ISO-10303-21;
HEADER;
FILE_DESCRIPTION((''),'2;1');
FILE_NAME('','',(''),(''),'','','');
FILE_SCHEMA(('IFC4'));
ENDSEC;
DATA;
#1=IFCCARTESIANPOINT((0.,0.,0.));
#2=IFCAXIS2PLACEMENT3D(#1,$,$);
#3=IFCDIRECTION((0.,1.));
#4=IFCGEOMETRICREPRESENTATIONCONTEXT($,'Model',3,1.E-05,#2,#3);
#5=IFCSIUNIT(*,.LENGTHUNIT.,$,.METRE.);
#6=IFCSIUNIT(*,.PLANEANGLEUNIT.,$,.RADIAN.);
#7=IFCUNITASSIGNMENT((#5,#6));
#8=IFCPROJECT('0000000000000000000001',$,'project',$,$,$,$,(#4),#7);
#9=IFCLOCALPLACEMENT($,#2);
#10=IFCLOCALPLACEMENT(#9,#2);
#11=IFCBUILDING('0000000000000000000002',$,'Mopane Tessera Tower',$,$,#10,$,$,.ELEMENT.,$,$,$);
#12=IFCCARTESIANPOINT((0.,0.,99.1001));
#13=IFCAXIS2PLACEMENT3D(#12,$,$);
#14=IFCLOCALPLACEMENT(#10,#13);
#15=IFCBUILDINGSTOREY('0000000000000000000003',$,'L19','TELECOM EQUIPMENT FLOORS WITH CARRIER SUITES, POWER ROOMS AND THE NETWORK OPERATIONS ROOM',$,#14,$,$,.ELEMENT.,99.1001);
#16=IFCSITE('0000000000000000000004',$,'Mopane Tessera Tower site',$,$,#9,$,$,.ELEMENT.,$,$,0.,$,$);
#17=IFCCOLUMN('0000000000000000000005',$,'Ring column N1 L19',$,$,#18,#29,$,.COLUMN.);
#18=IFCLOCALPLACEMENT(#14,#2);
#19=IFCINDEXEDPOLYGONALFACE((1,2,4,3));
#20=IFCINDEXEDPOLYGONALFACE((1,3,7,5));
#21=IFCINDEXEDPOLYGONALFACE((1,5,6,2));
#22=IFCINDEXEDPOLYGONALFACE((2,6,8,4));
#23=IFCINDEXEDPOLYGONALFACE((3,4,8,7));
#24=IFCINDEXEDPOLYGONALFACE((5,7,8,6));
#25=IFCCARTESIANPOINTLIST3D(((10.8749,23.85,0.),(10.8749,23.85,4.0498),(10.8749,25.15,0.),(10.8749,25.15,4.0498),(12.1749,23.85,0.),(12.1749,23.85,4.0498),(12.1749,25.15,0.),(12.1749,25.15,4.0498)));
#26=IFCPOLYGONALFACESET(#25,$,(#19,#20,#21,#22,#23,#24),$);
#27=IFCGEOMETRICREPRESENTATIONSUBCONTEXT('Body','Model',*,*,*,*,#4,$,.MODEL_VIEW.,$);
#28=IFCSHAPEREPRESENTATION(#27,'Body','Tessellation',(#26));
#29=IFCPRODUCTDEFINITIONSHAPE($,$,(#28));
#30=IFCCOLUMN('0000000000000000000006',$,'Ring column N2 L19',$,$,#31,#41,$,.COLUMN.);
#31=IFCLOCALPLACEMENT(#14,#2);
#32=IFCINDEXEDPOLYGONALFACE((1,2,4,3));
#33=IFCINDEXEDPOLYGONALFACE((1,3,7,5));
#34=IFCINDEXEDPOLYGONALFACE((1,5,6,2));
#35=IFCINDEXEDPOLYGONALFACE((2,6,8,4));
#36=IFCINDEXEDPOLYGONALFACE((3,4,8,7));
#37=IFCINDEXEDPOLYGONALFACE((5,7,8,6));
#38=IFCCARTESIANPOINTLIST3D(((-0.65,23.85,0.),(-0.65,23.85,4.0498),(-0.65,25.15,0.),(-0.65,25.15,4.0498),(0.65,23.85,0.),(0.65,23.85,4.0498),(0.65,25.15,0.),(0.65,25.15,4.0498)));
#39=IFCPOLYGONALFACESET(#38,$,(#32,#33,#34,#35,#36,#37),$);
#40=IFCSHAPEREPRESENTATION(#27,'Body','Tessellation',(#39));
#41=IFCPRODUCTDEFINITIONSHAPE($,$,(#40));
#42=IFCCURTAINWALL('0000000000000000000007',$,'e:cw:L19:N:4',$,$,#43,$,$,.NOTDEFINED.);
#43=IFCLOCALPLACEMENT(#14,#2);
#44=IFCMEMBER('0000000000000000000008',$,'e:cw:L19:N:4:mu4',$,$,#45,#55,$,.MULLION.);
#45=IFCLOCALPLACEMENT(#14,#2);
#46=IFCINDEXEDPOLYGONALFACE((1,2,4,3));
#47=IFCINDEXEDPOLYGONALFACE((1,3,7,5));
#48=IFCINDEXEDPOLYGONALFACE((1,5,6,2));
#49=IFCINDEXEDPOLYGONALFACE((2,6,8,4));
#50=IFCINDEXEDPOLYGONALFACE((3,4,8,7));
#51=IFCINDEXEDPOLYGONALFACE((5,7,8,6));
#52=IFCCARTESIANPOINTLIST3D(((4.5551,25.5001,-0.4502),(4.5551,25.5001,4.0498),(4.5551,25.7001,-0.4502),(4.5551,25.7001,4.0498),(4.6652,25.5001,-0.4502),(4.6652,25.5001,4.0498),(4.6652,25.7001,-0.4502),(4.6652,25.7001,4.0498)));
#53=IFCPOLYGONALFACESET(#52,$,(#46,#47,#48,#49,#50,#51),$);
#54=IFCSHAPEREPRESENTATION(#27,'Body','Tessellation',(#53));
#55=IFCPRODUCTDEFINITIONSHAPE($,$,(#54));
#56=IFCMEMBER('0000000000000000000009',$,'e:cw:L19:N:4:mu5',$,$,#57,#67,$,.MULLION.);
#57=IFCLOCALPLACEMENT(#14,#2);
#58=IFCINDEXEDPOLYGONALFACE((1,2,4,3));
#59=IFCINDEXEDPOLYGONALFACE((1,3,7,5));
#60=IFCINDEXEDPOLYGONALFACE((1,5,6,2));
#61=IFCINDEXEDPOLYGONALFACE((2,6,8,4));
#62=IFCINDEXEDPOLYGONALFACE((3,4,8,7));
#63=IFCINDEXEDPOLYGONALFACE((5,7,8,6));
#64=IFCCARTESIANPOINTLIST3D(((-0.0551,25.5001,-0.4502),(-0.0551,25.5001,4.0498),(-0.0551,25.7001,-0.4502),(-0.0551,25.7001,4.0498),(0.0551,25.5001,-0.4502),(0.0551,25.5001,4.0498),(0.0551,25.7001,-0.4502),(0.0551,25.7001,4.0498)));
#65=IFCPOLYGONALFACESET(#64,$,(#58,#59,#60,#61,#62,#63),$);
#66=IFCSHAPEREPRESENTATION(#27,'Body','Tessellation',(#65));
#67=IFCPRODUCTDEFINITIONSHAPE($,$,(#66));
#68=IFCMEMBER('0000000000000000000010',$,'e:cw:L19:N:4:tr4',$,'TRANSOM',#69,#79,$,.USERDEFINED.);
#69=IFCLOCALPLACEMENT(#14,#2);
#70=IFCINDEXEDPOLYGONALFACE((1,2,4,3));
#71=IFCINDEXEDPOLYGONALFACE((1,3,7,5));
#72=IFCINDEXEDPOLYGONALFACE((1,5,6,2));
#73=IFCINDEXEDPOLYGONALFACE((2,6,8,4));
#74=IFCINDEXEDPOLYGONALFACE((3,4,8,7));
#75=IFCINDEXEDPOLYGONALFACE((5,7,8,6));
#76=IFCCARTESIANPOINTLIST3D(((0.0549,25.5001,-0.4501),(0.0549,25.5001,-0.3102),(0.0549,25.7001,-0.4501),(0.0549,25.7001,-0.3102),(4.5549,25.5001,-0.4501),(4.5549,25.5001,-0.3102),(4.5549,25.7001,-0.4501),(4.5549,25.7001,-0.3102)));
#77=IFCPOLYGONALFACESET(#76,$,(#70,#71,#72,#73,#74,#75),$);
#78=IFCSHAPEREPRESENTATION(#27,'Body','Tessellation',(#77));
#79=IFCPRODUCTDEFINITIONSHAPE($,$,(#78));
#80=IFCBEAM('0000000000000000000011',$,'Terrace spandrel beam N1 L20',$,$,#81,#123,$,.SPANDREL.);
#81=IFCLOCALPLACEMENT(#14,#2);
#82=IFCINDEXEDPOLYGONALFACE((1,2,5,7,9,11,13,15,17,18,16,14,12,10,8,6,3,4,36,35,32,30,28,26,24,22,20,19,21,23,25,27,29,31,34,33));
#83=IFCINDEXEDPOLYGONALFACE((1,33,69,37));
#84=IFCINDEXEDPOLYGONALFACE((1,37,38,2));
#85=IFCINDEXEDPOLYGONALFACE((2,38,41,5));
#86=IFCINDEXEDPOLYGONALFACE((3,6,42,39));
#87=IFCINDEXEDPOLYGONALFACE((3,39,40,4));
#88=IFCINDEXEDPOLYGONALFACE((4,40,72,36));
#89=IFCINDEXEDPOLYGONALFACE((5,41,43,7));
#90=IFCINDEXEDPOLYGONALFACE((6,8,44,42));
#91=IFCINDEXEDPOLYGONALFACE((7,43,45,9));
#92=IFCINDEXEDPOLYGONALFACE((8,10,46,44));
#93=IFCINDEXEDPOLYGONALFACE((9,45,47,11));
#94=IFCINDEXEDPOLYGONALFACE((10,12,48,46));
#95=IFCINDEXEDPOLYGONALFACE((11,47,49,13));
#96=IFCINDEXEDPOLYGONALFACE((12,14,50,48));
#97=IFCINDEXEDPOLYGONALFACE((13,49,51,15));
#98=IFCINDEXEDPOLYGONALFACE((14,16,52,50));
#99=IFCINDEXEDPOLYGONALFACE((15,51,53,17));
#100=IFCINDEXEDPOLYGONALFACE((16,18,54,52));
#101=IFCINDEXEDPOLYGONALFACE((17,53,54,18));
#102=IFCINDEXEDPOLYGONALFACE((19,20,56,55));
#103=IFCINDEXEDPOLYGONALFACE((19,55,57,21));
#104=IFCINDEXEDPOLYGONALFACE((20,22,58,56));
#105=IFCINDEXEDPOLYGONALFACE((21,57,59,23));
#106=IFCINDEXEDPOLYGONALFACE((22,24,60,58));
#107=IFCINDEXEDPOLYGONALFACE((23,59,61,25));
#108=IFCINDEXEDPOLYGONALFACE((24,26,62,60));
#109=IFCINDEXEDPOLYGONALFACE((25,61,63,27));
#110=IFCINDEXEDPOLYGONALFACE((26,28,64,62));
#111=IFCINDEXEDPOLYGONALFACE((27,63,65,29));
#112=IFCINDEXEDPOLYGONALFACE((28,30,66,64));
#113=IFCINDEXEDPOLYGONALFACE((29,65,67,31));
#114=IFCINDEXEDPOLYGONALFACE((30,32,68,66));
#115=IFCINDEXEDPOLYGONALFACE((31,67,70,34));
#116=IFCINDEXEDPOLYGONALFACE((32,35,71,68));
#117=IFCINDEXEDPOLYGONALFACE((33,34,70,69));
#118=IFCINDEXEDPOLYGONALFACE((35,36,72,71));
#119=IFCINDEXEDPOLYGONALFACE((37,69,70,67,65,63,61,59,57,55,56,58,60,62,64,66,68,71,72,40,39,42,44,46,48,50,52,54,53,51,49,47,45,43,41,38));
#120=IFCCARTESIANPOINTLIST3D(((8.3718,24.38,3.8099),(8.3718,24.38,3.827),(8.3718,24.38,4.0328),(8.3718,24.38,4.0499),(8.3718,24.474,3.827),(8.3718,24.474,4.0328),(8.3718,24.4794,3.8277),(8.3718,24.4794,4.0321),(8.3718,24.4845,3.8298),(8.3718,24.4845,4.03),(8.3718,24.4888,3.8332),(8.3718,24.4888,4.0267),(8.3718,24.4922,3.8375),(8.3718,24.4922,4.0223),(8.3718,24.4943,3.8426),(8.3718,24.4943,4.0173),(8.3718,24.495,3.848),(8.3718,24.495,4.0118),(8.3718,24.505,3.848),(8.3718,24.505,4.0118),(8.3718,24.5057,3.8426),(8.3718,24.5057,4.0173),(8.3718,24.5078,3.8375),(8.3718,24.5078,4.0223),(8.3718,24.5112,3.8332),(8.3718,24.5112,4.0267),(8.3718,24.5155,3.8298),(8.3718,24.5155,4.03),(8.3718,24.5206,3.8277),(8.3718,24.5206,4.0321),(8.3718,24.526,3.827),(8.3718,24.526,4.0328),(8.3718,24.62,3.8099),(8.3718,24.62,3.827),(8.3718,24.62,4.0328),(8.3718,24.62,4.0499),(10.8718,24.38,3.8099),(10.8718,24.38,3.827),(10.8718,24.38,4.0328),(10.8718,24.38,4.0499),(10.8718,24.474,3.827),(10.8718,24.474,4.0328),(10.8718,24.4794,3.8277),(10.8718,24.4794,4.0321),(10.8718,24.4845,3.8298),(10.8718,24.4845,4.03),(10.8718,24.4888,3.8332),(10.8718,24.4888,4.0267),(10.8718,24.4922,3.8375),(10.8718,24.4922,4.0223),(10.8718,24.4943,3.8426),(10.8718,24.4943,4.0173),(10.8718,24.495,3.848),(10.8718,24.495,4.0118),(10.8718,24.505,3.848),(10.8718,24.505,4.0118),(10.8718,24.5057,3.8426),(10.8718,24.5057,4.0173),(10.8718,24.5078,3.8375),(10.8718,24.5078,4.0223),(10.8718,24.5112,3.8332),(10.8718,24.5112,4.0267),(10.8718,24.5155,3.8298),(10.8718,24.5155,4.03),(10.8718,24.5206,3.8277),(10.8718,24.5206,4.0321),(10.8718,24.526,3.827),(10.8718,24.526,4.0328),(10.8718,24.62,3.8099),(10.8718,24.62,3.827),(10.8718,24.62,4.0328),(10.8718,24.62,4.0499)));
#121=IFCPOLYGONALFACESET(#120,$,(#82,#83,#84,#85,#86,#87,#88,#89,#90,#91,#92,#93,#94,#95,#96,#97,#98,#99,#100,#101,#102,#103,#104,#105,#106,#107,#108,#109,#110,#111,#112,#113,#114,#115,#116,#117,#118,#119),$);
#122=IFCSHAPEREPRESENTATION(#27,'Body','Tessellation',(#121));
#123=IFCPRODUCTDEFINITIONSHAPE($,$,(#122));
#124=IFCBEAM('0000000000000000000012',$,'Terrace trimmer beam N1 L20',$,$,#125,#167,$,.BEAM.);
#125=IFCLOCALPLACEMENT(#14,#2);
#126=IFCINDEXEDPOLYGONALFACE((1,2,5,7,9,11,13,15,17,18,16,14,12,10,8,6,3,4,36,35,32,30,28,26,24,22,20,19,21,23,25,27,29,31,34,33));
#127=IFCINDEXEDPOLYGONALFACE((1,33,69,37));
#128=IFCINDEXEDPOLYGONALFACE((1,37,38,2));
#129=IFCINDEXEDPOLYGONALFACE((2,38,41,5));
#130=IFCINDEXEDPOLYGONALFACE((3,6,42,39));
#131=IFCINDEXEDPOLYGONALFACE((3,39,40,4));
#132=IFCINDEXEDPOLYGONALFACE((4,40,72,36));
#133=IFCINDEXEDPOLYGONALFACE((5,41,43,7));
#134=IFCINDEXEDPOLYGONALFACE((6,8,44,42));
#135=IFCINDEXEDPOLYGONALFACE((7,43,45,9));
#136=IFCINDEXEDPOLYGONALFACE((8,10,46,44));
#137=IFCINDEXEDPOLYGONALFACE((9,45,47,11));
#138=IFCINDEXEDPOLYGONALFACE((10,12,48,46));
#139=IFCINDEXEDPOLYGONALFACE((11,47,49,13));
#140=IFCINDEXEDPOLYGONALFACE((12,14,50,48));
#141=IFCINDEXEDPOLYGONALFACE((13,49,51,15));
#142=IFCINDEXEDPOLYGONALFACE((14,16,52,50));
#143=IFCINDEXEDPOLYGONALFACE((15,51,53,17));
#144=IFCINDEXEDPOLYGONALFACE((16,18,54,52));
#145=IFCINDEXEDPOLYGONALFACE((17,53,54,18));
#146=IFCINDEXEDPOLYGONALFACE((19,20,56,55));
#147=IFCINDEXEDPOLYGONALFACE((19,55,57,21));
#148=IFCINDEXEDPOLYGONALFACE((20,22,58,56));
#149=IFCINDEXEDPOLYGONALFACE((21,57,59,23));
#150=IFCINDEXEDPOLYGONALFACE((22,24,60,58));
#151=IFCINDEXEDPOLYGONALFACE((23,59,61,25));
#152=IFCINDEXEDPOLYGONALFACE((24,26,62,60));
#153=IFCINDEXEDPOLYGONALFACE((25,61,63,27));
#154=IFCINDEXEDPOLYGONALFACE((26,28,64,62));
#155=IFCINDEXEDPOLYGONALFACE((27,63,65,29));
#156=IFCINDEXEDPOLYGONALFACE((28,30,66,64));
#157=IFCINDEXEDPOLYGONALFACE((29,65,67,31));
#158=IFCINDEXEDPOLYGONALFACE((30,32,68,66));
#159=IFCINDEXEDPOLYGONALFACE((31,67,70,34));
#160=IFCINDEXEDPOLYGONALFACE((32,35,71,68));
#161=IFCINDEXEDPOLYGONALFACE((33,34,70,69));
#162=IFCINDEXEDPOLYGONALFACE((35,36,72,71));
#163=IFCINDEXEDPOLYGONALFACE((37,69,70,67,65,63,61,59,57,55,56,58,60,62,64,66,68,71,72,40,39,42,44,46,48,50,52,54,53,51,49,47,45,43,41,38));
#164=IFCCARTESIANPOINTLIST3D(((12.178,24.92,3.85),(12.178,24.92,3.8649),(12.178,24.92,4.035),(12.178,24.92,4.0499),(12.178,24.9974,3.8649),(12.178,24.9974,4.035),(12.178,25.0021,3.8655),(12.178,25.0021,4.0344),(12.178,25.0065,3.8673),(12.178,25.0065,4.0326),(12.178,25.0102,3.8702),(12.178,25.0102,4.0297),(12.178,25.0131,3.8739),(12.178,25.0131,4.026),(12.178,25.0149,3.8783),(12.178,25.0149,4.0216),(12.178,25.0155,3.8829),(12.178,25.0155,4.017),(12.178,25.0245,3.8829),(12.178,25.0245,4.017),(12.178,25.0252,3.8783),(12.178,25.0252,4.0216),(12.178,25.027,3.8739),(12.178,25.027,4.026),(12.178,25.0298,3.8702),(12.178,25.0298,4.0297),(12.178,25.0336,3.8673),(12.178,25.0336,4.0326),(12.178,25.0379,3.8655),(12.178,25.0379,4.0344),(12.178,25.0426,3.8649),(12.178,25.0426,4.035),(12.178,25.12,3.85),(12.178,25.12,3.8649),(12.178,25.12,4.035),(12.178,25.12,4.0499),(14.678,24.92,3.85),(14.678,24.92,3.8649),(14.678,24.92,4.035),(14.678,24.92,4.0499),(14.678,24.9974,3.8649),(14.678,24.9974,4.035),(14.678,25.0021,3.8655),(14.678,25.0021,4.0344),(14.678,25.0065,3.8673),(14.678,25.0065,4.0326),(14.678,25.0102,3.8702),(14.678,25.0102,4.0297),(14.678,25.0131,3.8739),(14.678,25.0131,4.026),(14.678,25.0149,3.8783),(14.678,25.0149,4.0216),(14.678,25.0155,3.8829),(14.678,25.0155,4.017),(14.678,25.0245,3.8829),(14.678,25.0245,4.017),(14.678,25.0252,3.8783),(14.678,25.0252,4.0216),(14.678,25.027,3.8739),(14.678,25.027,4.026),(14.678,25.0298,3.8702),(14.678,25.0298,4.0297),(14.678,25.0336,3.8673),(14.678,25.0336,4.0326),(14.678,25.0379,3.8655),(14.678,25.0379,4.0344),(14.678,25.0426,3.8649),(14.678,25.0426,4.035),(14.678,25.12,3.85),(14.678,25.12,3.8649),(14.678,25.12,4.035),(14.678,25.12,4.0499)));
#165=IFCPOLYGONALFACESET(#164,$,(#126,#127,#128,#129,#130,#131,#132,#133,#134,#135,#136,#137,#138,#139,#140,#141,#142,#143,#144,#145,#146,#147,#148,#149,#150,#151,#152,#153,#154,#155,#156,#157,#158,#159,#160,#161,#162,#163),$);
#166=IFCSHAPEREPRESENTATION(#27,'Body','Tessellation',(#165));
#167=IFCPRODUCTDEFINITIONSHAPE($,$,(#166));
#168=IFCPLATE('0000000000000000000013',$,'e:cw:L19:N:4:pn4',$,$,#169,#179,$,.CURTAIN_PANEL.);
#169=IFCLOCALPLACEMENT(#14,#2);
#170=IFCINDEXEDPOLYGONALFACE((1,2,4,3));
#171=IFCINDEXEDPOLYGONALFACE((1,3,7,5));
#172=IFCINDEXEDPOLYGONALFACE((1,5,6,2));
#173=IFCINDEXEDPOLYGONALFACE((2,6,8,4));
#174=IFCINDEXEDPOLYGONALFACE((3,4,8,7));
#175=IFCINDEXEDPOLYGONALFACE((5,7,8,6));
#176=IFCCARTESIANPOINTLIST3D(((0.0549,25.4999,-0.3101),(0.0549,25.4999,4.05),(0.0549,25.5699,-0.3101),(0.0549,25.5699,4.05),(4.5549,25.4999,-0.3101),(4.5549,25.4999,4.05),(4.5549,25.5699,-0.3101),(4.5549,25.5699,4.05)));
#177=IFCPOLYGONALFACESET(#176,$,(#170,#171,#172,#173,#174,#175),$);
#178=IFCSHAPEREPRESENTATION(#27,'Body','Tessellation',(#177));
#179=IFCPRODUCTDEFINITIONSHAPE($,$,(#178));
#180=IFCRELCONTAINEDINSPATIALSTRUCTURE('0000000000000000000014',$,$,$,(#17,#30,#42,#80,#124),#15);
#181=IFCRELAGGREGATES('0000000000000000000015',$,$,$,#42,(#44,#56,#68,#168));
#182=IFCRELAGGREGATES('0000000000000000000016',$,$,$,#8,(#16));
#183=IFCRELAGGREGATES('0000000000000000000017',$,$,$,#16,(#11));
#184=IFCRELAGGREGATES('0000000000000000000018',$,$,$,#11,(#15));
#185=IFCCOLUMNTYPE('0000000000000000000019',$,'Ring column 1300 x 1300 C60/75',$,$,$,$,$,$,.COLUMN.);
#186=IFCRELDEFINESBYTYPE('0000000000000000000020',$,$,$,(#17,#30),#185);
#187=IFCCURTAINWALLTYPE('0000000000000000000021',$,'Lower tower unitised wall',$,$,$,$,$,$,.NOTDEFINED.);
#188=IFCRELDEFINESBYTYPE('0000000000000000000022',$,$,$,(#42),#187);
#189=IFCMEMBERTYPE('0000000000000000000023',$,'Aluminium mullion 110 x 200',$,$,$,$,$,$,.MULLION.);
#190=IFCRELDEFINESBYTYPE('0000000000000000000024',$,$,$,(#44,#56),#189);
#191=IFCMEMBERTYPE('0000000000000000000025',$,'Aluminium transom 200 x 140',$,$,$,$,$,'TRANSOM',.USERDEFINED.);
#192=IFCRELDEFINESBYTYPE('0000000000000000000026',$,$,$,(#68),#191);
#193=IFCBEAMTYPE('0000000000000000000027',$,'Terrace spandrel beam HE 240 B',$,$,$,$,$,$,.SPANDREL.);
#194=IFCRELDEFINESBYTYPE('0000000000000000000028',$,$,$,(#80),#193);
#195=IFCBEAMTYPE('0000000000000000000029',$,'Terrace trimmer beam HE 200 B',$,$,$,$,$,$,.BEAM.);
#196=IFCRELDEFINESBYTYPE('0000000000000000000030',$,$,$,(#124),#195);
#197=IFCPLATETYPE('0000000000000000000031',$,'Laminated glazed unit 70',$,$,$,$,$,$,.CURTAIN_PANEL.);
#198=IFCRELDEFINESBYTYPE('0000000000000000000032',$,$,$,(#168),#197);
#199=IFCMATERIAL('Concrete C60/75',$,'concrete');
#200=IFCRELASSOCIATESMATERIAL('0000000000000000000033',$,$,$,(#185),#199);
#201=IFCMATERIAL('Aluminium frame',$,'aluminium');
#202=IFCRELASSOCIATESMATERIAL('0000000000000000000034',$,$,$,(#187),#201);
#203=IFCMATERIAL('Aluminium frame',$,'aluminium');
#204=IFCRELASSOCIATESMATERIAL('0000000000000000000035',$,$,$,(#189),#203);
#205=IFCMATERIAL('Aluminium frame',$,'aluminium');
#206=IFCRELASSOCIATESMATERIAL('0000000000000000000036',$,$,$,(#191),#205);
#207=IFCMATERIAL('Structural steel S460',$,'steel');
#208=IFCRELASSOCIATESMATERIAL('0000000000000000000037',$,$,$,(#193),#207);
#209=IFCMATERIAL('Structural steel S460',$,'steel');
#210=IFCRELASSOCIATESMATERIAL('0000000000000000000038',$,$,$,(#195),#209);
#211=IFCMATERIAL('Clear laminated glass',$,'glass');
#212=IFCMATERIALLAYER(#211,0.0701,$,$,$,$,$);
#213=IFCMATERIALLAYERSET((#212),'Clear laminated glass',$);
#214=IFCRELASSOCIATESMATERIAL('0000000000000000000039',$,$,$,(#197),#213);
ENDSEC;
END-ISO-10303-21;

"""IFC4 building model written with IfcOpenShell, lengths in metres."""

from ifc_helpers import new_model, si_unit, direction, frame, origin, origin_2d, place, context, subcontext, project, spatial, rectangle, i_section, extrude, material, layer, layer_set, material_profile, profile_set, type_object, element, aggregate, save


model = new_model("IFC4")

# Units and contexts
model_context = context("Model", 3, precision=1e-05, world=origin(), true_north=direction((0.0, 1.0)))
body_context = subcontext(model_context, "Body", "Model", "MODEL_VIEW")
ifc_project = project(units=[si_unit("LENGTHUNIT", "METRE"), si_unit("PLANEANGLEUNIT", "RADIAN")], contexts=[model_context])

# Site, building, storey
site_placement = place(None, origin())
site = spatial("IfcSite", under=ifc_project, at=site_placement, Name="Mopane Tessera Tower site", CompositionType="ELEMENT", RefElevation=0.0)
building_placement = place(site_placement, origin())
building = spatial("IfcBuilding", under=site, at=building_placement, Name="Mopane Tessera Tower", CompositionType="ELEMENT")
storey_placement = place(building_placement, frame((0.0, 0.0, 99.1001)))
storey = spatial("IfcBuildingStorey", under=building, at=storey_placement, Name="L19", Description="TELECOM EQUIPMENT FLOORS WITH CARRIER SUITES, POWER ROOMS AND THE NETWORK OPERATIONS ROOM", CompositionType="ELEMENT", Elevation=99.1001)

# Columns
ifc_material_1 = material(Name="Concrete C60/75", Category="concrete")
ifc_material_profile_1 = material_profile(ifc_material_1, rectangle(XDim=1.3, YDim=1.3, at=origin_2d()))
ifc_profile_set_1 = profile_set([ifc_material_profile_1], Name="Concrete C60/75")
column_type = type_object("IfcColumnType", Name="Ring column 1300 x 1300 C60/75", PredefinedType="COLUMN", material=ifc_profile_set_1)
for number, where, z_axis, x_axis, name in (
    (1, (11.5249, 24.5, 0.0), (0.0, 0.0, 1.0), (1.0, 0.0, 0.0), "Ring column N1 L19"),
    (2, (0.0, 24.5, 0.0), (0.0, 0.0, 1.0), (1.0, 0.0, 0.0), "Ring column N2 L19"),
):
    element("IfcColumn", number, at=place(storey_placement, frame(where, z_axis=z_axis, x_axis=x_axis)), inside=storey, type_object=column_type, Name=name, PredefinedType="COLUMN", context=body_context, shape_type="SweptSolid", body=[
        extrude(rectangle(XDim=1.3, YDim=1.3, at=origin_2d()), origin(), (0.0, 0.0, 1.0), 4.0498),
    ])

# Curtain wall, members
ifc_material_2 = material(Name="Aluminium frame", Category="aluminium")
curtain_wall_type = type_object("IfcCurtainWallType", Name="Lower tower unitised wall", PredefinedType="NOTDEFINED", material=ifc_material_2)
curtain_wall_placement = place(storey_placement, origin())
curtain_wall = element("IfcCurtainWall", 3, at=curtain_wall_placement, inside=storey, type_object=curtain_wall_type, Name="e:cw:L19:N:4", PredefinedType="NOTDEFINED")
ifc_material_3 = material(Name="Aluminium frame", Category="aluminium")
ifc_material_profile_2 = material_profile(ifc_material_3, rectangle(XDim=0.1101, YDim=0.2, at=origin_2d()))
ifc_profile_set_2 = profile_set([ifc_material_profile_2], Name="Aluminium frame")
member_type_1 = type_object("IfcMemberType", Name="Aluminium mullion 110 x 200", PredefinedType="MULLION", material=ifc_profile_set_2)
member_1_placement = place(storey_placement, frame((4.6101, 25.6001, -0.4502), z_axis=(0.0, 0.0, 1.0), x_axis=(-1.0, 0.0, 0.0)))
member_1 = element("IfcMember", 4, at=member_1_placement, type_object=member_type_1, Name="e:cw:L19:N:4:mu4", PredefinedType="MULLION", context=body_context, shape_type="SweptSolid", body=[
    extrude(rectangle(XDim=0.1101, YDim=0.2, at=origin_2d()), origin(), (0.0, 0.0, 1.0), 4.5),
])
member_2_placement = place(storey_placement, frame((0.0, 25.6001, -0.4502), z_axis=(0.0, 0.0, 1.0), x_axis=(-1.0, 0.0, 0.0)))
member_2 = element("IfcMember", 5, at=member_2_placement, type_object=member_type_1, Name="e:cw:L19:N:4:mu5", PredefinedType="MULLION", context=body_context, shape_type="SweptSolid", body=[
    extrude(rectangle(XDim=0.1101, YDim=0.2, at=origin_2d()), origin(), (0.0, 0.0, 1.0), 4.5),
])
ifc_material_4 = material(Name="Aluminium frame", Category="aluminium")
ifc_material_profile_3 = material_profile(ifc_material_4, rectangle(XDim=0.2, YDim=0.1399, at=origin_2d()))
ifc_profile_set_3 = profile_set([ifc_material_profile_3], Name="Aluminium frame")
member_type_2 = type_object("IfcMemberType", Name="Aluminium transom 200 x 140", ElementType="TRANSOM", PredefinedType="USERDEFINED", material=ifc_profile_set_3)
member_3_placement = place(storey_placement, frame((4.5549, 25.6001, -0.3801), z_axis=(-1.0, 0.0, 0.0), x_axis=(0.0, -1.0, 0.0)))
member_3 = element("IfcMember", 6, at=member_3_placement, type_object=member_type_2, Name="e:cw:L19:N:4:tr4", ObjectType="TRANSOM", PredefinedType="USERDEFINED", context=body_context, shape_type="SweptSolid", body=[
    extrude(rectangle(XDim=0.2, YDim=0.1399, at=origin_2d()), origin(), (0.0, 0.0, 1.0), 4.5),
])

# Beams
ifc_material_5 = material(Name="Structural steel S460", Category="steel")
ifc_material_profile_4 = material_profile(ifc_material_5, i_section(OverallWidth=0.24, OverallDepth=0.24, WebThickness=0.01, FlangeThickness=0.0171, FilletRadius=0.021, at=origin_2d()))
ifc_profile_set_4 = profile_set([ifc_material_profile_4], Name="Structural steel S460")
beam_type_1 = type_object("IfcBeamType", Name="Terrace spandrel beam HE 240 B", PredefinedType="SPANDREL", material=ifc_profile_set_4)
beam_1_placement = place(storey_placement, frame((10.8718, 24.5, 3.9299), z_axis=(-1.0, 0.0, 0.0), x_axis=(0.0, -1.0, 0.0)))
element("IfcBeam", 7, at=beam_1_placement, inside=storey, type_object=beam_type_1, Name="Terrace spandrel beam N1 L20", PredefinedType="SPANDREL", context=body_context, shape_type="SweptSolid", body=[
    extrude(i_section(OverallWidth=0.24, OverallDepth=0.24, WebThickness=0.01, FlangeThickness=0.0171, FilletRadius=0.021, at=origin_2d()), origin(), (0.0, 0.0, 1.0), 2.5),
])
ifc_material_6 = material(Name="Structural steel S460", Category="steel")
ifc_material_profile_5 = material_profile(ifc_material_6, i_section(OverallWidth=0.2, OverallDepth=0.2, WebThickness=0.009, FlangeThickness=0.0149, FilletRadius=0.0181, at=origin_2d()))
ifc_profile_set_5 = profile_set([ifc_material_profile_5], Name="Structural steel S460")
beam_type_2 = type_object("IfcBeamType", Name="Terrace trimmer beam HE 200 B", PredefinedType="BEAM", material=ifc_profile_set_5)
beam_2_placement = place(storey_placement, frame((12.178, 25.02, 3.95), z_axis=(1.0, 0.0, 0.0), x_axis=(0.0, 1.0, 0.0)))
element("IfcBeam", 8, at=beam_2_placement, inside=storey, type_object=beam_type_2, Name="Terrace trimmer beam N1 L20", PredefinedType="BEAM", context=body_context, shape_type="SweptSolid", body=[
    extrude(i_section(OverallWidth=0.2, OverallDepth=0.2, WebThickness=0.009, FlangeThickness=0.0149, FilletRadius=0.0181, at=origin_2d()), origin(), (0.0, 0.0, 1.0), 2.5),
])

# Plate
ifc_material_7 = material(Name="Clear laminated glass", Category="glass")
ifc_layer_1 = layer(ifc_material_7, 0.0701)
ifc_layer_set_1 = layer_set([ifc_layer_1], Name="Clear laminated glass")
plate_type = type_object("IfcPlateType", Name="Laminated glazed unit 70", PredefinedType="CURTAIN_PANEL", material=ifc_layer_set_1)
plate_placement = place(storey_placement, frame((2.3049, 25.5349, -0.3101), z_axis=(0.0, 0.0, 1.0), x_axis=(-1.0, 0.0, 0.0)))
plate = element("IfcPlate", 9, at=plate_placement, type_object=plate_type, Name="e:cw:L19:N:4:pn4", PredefinedType="CURTAIN_PANEL", context=body_context, shape_type="SweptSolid", body=[
    extrude(rectangle(XDim=4.5, YDim=0.0701, at=origin_2d()), origin(), (0.0, 0.0, 1.0), 4.3601),
])
aggregate(curtain_wall, [member_1, member_2, member_3, plate])

save(model, "model.ifc")
